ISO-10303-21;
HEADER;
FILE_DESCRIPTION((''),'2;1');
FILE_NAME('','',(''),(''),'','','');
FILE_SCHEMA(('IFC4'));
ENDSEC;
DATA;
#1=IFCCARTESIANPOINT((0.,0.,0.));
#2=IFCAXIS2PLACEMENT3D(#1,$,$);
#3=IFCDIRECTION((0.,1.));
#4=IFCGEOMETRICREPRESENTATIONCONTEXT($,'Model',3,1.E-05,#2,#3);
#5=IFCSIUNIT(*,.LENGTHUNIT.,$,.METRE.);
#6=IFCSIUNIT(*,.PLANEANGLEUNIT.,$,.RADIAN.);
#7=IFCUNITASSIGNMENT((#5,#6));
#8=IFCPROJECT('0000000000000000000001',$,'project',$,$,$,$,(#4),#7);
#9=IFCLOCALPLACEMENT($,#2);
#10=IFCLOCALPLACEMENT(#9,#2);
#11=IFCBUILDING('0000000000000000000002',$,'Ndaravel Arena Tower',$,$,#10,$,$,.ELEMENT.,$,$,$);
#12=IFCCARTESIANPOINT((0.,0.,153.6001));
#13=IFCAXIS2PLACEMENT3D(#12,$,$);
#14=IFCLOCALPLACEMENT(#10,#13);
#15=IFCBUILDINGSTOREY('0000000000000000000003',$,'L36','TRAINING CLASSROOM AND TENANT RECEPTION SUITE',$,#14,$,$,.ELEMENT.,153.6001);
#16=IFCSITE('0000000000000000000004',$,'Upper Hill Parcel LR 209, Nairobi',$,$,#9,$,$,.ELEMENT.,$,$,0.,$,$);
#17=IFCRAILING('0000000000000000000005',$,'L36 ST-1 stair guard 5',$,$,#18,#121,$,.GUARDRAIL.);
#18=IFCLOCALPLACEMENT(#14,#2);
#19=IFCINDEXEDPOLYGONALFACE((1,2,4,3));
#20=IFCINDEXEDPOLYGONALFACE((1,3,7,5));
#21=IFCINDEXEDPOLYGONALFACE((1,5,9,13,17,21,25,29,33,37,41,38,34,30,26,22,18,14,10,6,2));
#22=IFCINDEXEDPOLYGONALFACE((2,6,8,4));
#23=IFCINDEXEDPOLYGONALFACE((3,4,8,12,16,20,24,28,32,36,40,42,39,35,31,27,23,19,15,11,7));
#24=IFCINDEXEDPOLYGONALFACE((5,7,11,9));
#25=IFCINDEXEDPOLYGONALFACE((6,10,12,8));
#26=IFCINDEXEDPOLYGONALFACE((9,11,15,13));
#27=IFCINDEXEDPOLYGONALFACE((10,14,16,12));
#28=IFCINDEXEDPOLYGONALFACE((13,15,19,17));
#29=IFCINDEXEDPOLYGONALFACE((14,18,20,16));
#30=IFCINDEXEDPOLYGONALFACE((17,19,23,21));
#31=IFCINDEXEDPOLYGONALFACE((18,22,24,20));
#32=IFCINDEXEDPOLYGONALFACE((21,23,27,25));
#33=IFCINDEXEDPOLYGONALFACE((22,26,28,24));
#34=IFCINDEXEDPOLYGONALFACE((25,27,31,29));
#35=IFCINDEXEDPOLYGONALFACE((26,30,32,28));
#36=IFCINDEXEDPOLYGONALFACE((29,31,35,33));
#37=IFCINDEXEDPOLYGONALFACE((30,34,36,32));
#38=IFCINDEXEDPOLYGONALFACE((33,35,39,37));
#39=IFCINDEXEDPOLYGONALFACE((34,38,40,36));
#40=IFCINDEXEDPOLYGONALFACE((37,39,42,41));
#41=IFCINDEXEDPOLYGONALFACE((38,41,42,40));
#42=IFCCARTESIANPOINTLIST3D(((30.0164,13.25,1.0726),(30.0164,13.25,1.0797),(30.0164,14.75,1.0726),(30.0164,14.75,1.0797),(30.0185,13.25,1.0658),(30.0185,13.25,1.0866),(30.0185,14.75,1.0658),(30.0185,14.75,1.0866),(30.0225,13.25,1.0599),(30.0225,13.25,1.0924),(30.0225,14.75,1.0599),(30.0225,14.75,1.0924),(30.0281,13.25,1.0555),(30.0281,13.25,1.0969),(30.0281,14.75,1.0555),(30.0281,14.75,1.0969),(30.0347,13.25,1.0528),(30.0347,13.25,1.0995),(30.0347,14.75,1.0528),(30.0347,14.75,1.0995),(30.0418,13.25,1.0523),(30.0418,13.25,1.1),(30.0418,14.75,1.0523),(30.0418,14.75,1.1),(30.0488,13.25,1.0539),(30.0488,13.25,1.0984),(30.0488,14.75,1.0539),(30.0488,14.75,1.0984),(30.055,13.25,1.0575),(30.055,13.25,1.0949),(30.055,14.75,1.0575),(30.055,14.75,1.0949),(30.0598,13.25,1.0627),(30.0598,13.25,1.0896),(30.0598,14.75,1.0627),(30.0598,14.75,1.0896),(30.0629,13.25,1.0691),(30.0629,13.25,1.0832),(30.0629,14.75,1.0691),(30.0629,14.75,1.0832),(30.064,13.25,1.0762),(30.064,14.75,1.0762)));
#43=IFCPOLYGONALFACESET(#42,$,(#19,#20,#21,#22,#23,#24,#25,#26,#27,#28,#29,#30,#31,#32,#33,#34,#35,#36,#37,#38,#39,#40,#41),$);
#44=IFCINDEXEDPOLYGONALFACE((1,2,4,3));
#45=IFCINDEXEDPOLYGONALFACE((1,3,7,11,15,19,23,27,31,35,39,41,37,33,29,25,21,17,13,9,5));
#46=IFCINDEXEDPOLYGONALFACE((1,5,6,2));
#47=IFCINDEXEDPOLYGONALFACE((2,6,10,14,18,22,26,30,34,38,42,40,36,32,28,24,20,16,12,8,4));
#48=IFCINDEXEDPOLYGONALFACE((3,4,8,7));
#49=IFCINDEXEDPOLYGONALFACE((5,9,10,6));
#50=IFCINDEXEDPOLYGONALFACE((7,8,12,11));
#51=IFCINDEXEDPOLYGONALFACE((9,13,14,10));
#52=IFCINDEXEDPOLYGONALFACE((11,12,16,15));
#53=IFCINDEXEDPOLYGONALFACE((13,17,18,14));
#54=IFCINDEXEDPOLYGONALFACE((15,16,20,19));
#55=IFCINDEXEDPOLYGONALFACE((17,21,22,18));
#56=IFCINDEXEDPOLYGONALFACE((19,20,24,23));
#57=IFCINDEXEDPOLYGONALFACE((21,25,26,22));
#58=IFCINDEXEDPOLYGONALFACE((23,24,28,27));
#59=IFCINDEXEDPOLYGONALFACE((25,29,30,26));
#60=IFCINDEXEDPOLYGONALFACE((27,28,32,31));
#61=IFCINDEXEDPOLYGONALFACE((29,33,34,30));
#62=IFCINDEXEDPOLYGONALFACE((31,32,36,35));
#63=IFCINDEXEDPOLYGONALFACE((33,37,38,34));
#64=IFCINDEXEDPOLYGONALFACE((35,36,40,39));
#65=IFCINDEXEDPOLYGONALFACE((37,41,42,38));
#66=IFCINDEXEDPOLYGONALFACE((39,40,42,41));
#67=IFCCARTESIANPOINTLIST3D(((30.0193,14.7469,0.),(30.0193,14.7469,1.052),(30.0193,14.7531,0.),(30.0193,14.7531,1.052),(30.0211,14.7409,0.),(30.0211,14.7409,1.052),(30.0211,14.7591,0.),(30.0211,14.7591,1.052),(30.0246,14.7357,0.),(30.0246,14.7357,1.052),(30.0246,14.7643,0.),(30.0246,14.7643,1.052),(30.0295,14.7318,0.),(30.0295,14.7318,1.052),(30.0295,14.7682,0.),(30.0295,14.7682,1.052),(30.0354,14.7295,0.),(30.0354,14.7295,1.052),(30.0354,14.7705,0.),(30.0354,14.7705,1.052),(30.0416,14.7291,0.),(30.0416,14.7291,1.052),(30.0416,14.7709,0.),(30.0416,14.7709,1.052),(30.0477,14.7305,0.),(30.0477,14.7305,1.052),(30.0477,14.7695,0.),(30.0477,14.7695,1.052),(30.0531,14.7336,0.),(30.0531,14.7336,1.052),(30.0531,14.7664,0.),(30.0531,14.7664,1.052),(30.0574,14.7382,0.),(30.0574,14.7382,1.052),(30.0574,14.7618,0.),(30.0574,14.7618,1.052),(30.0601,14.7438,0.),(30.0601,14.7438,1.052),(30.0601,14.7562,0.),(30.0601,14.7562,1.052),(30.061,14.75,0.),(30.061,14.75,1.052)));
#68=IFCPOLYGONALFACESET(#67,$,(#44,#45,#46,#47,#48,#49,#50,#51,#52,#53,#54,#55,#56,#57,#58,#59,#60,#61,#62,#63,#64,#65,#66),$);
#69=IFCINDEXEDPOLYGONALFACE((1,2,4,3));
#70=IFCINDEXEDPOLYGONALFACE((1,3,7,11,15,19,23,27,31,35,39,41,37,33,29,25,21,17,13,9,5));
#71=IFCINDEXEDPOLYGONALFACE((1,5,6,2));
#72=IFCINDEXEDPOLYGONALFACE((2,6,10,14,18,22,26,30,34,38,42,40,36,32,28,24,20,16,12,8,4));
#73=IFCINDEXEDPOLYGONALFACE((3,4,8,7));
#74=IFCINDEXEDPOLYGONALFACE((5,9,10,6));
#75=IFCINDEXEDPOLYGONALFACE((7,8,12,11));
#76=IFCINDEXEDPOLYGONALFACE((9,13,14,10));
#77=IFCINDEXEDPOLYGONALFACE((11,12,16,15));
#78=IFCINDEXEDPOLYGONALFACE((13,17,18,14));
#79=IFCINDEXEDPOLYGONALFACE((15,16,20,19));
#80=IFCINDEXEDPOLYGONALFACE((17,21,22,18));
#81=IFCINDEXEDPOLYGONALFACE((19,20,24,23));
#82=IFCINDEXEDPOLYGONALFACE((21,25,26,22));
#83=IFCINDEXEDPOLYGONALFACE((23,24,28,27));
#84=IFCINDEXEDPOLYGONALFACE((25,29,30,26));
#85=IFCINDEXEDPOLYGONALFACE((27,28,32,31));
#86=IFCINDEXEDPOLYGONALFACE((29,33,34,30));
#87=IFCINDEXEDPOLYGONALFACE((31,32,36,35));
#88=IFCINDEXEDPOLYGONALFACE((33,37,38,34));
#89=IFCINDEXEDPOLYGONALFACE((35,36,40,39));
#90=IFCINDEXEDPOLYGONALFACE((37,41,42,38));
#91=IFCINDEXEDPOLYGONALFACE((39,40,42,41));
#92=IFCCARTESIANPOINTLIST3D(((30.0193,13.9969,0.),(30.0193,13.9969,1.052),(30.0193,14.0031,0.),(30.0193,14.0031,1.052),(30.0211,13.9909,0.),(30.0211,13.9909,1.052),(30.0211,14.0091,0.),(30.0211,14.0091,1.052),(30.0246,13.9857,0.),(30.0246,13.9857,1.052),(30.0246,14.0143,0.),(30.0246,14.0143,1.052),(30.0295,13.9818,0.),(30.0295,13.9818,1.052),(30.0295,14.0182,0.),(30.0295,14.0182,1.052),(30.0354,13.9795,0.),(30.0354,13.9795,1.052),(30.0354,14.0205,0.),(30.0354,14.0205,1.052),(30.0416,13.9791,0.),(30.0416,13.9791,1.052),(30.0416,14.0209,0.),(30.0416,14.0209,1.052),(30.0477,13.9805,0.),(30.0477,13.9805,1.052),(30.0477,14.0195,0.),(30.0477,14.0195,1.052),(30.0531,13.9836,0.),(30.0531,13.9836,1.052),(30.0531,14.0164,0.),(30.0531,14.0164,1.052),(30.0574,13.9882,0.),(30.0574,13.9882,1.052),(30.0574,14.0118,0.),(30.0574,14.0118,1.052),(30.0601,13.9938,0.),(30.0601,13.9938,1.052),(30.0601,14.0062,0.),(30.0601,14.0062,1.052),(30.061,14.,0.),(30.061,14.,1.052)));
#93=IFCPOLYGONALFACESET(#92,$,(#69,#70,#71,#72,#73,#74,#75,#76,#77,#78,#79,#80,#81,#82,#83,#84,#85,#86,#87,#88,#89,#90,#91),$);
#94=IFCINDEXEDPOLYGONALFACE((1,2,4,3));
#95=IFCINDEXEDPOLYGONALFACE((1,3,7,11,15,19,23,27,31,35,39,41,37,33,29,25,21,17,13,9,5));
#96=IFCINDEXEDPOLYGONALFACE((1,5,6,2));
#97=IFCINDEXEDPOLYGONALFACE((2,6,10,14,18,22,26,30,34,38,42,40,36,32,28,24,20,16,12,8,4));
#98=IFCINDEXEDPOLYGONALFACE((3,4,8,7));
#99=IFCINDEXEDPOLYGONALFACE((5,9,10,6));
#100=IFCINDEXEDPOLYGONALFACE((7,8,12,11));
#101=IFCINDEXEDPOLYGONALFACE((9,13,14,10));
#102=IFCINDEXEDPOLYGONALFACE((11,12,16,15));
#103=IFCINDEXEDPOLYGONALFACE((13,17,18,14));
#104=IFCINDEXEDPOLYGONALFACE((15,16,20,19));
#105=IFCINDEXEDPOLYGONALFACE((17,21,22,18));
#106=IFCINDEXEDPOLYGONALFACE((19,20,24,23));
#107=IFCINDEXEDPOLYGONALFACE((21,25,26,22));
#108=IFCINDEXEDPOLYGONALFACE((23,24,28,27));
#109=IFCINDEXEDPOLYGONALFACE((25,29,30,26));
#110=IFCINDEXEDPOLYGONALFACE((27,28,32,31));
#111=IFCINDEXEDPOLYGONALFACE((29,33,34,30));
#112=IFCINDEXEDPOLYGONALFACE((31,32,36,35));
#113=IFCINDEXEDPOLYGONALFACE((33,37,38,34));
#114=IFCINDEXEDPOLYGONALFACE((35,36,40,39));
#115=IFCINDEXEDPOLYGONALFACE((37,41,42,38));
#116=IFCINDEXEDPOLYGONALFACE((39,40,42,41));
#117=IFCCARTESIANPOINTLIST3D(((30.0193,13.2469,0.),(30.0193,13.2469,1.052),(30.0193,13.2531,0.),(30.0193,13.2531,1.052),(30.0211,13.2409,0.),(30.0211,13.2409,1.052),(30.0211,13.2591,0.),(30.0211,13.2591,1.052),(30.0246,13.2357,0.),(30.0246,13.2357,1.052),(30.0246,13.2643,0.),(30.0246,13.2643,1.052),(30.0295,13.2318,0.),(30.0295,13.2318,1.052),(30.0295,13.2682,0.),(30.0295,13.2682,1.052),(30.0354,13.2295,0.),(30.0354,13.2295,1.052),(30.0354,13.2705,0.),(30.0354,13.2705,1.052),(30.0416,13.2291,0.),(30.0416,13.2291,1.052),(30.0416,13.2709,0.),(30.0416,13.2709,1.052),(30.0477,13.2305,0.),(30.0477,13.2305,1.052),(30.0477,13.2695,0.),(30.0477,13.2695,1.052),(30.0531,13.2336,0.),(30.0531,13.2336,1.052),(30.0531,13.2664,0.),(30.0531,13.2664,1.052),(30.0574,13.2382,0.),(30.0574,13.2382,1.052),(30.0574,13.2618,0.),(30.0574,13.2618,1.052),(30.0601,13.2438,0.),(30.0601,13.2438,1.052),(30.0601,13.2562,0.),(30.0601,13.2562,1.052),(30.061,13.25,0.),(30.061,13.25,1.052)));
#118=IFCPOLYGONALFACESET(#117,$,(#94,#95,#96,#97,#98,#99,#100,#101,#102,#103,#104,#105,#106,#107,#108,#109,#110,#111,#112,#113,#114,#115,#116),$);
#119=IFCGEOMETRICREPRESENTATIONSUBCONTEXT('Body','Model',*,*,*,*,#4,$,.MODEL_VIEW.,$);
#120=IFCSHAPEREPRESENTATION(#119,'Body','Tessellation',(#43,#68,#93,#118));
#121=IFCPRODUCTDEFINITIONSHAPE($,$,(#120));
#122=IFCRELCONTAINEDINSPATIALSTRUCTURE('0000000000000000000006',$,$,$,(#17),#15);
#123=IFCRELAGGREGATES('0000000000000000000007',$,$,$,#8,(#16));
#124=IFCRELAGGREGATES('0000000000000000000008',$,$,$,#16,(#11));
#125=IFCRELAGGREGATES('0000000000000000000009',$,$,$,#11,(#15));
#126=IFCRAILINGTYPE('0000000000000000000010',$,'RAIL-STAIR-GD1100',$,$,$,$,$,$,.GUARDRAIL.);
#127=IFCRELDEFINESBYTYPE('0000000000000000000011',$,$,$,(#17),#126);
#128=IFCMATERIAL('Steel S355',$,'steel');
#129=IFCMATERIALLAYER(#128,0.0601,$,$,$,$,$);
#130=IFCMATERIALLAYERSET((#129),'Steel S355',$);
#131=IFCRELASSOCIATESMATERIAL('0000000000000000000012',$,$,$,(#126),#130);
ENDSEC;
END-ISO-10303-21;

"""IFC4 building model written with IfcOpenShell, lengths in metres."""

from ifc_helpers import new_model, si_unit, direction, frame, origin, origin_2d, place, context, subcontext, project, spatial, circle, extrude, material, layer, layer_set, type_object, element, save


model = new_model("IFC4")

# Units and contexts
model_context = context("Model", 3, precision=1e-05, world=origin(), true_north=direction((0.0, 1.0)))
body_context = subcontext(model_context, "Body", "Model", "MODEL_VIEW")
ifc_project = project(units=[si_unit("LENGTHUNIT", "METRE"), si_unit("PLANEANGLEUNIT", "RADIAN")], contexts=[model_context])

# Site, building, storey
site_placement = place(None, origin())
site = spatial("IfcSite", under=ifc_project, at=site_placement, Name="Upper Hill Parcel LR 209, Nairobi", CompositionType="ELEMENT", RefElevation=0.0)
building_placement = place(site_placement, origin())
building = spatial("IfcBuilding", under=site, at=building_placement, Name="Ndaravel Arena Tower", CompositionType="ELEMENT")
storey_placement = place(building_placement, frame((0.0, 0.0, 153.6001)))
storey = spatial("IfcBuildingStorey", under=building, at=storey_placement, Name="L36", Description="TRAINING CLASSROOM AND TENANT RECEPTION SUITE", CompositionType="ELEMENT", Elevation=153.6001)

# Railing
ifc_material_1 = material(Name="Steel S355", Category="steel")
ifc_layer_1 = layer(ifc_material_1, 0.0601)
ifc_layer_set_1 = layer_set([ifc_layer_1], Name="Steel S355")
railing_type = type_object("IfcRailingType", Name="RAIL-STAIR-GD1100", PredefinedType="GUARDRAIL", material=ifc_layer_set_1)
railing_placement = place(storey_placement, frame((30.04, 14.75, 0.0)))
element("IfcRailing", 1, at=railing_placement, inside=storey, type_object=railing_type, Name="L36 ST-1 stair guard 5", PredefinedType="GUARDRAIL", context=body_context, shape_type="SweptSolid", body=[
    extrude(circle(Radius=0.0239, at=origin_2d()), frame((0.0, 0.0, 1.0762), z_axis=(0.0, -1.0, 0.0), x_axis=(1.0, 0.0, 0.0)), (0.0, 0.0, 1.0), 1.5),
    extrude(circle(Radius=0.021, at=origin_2d()), origin(), (0.0, 0.0, 1.0), 1.052),
    extrude(circle(Radius=0.021, at=origin_2d()), frame((0.0, -0.75, 0.0)), (0.0, 0.0, 1.0), 1.052),
    extrude(circle(Radius=0.021, at=origin_2d()), frame((0.0, -1.5, 0.0)), (0.0, 0.0, 1.0), 1.052),
])

save(model, "model.ifc")
